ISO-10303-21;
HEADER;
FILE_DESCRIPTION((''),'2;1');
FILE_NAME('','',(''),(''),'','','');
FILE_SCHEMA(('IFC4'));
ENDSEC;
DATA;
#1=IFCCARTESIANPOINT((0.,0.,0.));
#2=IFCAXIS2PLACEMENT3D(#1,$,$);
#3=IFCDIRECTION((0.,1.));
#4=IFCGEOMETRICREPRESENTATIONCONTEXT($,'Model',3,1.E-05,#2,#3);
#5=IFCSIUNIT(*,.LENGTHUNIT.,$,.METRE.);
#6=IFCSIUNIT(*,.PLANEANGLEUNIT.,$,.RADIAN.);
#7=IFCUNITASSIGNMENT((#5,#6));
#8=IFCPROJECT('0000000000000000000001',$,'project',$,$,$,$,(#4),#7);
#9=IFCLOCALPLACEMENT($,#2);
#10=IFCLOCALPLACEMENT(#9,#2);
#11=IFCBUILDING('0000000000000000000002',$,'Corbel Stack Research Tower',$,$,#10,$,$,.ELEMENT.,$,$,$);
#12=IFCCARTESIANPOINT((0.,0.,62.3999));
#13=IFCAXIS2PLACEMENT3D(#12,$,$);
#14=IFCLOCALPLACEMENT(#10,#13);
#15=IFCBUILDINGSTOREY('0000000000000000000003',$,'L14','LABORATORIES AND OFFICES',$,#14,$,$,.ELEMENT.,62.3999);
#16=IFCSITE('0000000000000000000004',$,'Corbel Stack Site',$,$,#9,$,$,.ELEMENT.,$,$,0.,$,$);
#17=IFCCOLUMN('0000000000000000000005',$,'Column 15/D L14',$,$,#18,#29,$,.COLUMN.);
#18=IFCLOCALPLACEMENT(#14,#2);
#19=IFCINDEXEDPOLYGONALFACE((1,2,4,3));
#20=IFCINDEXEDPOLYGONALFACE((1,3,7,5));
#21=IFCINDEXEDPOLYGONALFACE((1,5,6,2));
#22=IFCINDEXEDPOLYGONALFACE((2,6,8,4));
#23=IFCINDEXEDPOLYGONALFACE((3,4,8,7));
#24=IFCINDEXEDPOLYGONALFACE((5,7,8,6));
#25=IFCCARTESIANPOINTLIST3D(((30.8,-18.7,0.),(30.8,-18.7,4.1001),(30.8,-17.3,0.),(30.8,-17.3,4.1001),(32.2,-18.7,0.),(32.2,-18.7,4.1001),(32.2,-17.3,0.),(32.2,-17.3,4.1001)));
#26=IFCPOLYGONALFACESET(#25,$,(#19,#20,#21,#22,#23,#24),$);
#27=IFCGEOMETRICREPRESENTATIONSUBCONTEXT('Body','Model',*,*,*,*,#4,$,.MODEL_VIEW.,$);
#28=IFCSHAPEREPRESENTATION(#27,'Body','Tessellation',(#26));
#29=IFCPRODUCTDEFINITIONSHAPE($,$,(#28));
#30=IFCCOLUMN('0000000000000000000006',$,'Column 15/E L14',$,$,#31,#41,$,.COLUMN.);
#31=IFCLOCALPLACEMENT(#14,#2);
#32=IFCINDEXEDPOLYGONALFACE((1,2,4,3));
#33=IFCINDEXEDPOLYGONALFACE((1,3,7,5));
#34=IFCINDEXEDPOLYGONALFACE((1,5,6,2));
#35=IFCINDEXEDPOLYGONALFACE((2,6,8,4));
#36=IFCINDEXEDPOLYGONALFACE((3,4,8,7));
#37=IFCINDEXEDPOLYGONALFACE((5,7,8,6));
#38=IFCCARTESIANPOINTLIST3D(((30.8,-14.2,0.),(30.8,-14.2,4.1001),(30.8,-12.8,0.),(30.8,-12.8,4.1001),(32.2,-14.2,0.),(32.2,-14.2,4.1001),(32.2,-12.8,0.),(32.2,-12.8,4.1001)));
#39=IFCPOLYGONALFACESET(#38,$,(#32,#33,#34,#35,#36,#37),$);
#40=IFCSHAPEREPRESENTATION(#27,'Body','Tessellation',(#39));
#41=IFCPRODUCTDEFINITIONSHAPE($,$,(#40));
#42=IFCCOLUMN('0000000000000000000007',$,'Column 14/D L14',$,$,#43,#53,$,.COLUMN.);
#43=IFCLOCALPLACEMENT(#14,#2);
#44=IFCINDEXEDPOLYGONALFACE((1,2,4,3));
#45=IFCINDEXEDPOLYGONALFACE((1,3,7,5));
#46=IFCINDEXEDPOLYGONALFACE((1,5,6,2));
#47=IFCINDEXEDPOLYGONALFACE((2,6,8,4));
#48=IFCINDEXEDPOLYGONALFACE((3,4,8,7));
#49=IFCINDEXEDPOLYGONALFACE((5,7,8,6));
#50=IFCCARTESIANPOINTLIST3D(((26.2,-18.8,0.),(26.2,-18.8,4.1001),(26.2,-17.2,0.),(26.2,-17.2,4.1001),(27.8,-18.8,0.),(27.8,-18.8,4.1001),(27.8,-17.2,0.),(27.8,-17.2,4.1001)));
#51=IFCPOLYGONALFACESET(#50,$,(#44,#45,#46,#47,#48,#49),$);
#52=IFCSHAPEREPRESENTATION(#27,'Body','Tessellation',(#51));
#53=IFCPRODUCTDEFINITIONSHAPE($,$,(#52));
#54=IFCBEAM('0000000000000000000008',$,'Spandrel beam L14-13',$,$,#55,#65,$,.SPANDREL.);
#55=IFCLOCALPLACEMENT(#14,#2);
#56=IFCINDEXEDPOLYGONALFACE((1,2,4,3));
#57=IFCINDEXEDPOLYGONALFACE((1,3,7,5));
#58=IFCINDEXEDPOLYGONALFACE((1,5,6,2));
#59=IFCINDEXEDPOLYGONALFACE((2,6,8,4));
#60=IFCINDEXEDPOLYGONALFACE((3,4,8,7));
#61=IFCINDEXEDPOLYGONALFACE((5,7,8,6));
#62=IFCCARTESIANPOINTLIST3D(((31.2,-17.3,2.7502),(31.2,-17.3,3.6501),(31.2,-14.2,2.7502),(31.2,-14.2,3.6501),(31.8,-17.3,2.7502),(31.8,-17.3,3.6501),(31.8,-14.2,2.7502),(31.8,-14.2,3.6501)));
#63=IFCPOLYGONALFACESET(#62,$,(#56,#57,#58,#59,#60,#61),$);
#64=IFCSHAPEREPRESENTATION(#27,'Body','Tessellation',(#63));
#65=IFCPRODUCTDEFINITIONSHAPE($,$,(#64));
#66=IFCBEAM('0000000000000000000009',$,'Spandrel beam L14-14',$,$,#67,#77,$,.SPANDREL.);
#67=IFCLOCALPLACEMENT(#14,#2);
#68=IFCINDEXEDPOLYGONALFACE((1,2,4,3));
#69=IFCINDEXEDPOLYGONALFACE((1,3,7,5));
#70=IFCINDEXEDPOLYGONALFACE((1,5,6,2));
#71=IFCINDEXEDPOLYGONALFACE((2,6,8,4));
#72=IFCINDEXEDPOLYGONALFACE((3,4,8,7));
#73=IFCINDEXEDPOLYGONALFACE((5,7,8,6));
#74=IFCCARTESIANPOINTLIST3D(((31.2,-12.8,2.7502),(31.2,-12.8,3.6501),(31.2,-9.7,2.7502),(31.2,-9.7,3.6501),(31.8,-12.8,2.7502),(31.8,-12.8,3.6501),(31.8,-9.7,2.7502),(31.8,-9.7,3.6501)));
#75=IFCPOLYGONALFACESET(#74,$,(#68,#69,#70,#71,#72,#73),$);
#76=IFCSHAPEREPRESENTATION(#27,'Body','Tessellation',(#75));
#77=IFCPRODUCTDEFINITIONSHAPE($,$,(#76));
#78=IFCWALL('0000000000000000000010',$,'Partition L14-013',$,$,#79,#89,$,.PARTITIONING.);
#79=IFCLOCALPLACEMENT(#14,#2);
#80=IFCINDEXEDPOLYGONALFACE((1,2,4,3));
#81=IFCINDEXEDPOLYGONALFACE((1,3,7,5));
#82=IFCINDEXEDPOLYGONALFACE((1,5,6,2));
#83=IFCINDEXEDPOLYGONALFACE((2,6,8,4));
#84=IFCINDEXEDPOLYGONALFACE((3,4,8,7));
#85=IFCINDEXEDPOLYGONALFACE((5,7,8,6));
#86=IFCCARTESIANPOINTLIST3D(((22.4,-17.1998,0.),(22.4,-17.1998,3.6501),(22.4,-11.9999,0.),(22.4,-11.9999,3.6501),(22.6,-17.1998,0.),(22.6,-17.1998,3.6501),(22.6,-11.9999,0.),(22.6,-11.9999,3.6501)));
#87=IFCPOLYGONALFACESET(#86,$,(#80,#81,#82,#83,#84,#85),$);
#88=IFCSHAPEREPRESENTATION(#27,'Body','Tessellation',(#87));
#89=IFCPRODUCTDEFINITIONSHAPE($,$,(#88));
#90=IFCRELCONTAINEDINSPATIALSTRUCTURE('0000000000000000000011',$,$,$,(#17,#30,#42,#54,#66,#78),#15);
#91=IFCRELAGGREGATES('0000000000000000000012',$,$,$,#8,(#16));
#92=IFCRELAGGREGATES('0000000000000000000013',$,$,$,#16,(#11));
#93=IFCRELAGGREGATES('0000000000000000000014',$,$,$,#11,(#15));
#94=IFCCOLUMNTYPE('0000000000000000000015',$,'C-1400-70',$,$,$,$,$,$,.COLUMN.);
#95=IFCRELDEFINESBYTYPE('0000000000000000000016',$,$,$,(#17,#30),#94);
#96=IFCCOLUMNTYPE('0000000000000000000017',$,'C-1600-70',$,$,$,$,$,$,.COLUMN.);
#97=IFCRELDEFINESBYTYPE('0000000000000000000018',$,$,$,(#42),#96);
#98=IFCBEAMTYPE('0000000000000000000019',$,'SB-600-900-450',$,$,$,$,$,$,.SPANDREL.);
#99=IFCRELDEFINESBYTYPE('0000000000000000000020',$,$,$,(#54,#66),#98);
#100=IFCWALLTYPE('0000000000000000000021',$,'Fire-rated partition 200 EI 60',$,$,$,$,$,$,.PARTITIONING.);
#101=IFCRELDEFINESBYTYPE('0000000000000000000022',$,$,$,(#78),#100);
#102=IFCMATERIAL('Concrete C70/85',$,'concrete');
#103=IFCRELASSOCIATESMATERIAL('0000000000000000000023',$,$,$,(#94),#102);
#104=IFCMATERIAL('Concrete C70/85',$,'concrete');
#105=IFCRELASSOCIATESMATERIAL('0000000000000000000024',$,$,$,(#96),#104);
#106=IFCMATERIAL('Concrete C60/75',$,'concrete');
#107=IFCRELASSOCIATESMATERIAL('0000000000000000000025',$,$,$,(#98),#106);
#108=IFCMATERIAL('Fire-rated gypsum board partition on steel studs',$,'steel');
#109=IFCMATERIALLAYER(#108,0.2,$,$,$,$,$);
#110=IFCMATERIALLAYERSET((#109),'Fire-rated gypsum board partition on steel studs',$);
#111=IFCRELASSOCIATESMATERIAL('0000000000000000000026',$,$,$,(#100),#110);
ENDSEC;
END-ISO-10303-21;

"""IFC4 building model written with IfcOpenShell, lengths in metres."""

from ifc_helpers import new_model, si_unit, direction, frame, frame_2d, origin, origin_2d, place, context, subcontext, project, spatial, rectangle, extrude, material, layer, layer_set, material_profile, profile_set, type_object, element, save


model = new_model("IFC4")

# Units and contexts
model_context = context("Model", 3, precision=1e-05, world=origin(), true_north=direction((0.0, 1.0)))
body_context = subcontext(model_context, "Body", "Model", "MODEL_VIEW")
ifc_project = project(units=[si_unit("LENGTHUNIT", "METRE"), si_unit("PLANEANGLEUNIT", "RADIAN")], contexts=[model_context])

# Site, building, storey
site_placement = place(None, origin())
site = spatial("IfcSite", under=ifc_project, at=site_placement, Name="Corbel Stack Site", CompositionType="ELEMENT", RefElevation=0.0)
building_placement = place(site_placement, origin())
building = spatial("IfcBuilding", under=site, at=building_placement, Name="Corbel Stack Research Tower", CompositionType="ELEMENT")
storey_placement = place(building_placement, frame((0.0, 0.0, 62.3999)))
storey = spatial("IfcBuildingStorey", under=building, at=storey_placement, Name="L14", Description="LABORATORIES AND OFFICES", CompositionType="ELEMENT", Elevation=62.3999)

# Columns
ifc_material_1 = material(Name="Concrete C70/85", Category="concrete")
ifc_material_profile_1 = material_profile(ifc_material_1, rectangle(XDim=1.3999, YDim=1.3999, at=origin_2d()), Name="RC 1400 x 1400")
ifc_profile_set_1 = profile_set([ifc_material_profile_1], Name="Concrete C70/85")
column_type_1 = type_object("IfcColumnType", Name="C-1400-70", PredefinedType="COLUMN", material=ifc_profile_set_1)
for number, where, z_axis, x_axis, name in (
    (1, (31.5, -18.0, 0.0), (0.0, 0.0, 1.0), (1.0, 0.0, 0.0), "Column 15/D L14"),
    (2, (31.5, -13.5, 0.0), (0.0, 0.0, 1.0), (1.0, 0.0, 0.0), "Column 15/E L14"),
):
    element("IfcColumn", number, at=place(storey_placement, frame(where, z_axis=z_axis, x_axis=x_axis)), inside=storey, type_object=column_type_1, Name=name, PredefinedType="COLUMN", context=body_context, shape_type="SweptSolid", body=[
        extrude(rectangle(XDim=1.3999, YDim=1.3999, at=origin_2d()), origin(), (0.0, 0.0, 1.0), 4.1001),
    ])
ifc_material_2 = material(Name="Concrete C70/85", Category="concrete")
ifc_material_profile_2 = material_profile(ifc_material_2, rectangle(XDim=1.6001, YDim=1.6001, at=origin_2d()), Name="RC 1600 x 1600")
ifc_profile_set_2 = profile_set([ifc_material_profile_2], Name="Concrete C70/85")
column_type_2 = type_object("IfcColumnType", Name="C-1600-70", PredefinedType="COLUMN", material=ifc_profile_set_2)
column_placement = place(storey_placement, frame((27.0, -18.0, 0.0), z_axis=(0.0, 0.0, 1.0), x_axis=(1.0, 0.0, 0.0)))
element("IfcColumn", 3, at=column_placement, inside=storey, type_object=column_type_2, Name="Column 14/D L14", PredefinedType="COLUMN", context=body_context, shape_type="SweptSolid", body=[
    extrude(rectangle(XDim=1.6001, YDim=1.6001, at=origin_2d()), origin(), (0.0, 0.0, 1.0), 4.1001),
])

# Beams
ifc_material_3 = material(Name="Concrete C60/75", Category="concrete")
ifc_material_profile_3 = material_profile(ifc_material_3, rectangle(XDim=0.6001, YDim=0.8999, at=origin_2d()), Name="RC 600 x 900")
ifc_profile_set_3 = profile_set([ifc_material_profile_3], Name="Concrete C60/75")
beam_type = type_object("IfcBeamType", Name="SB-600-900-450", PredefinedType="SPANDREL", material=ifc_profile_set_3)
for number, where, z_axis, x_axis, name in (
    (4, (31.5, -17.3, 3.2002), (0.0, 1.0, 0.0), (-1.0, 0.0, 0.0), "Spandrel beam L14-13"),
    (5, (31.5, -12.8, 3.2002), (0.0, 1.0, 0.0), (-1.0, 0.0, 0.0), "Spandrel beam L14-14"),
):
    element("IfcBeam", number, at=place(storey_placement, frame(where, z_axis=z_axis, x_axis=x_axis)), inside=storey, type_object=beam_type, Name=name, PredefinedType="SPANDREL", context=body_context, shape_type="SweptSolid", body=[
        extrude(rectangle(XDim=0.6001, YDim=0.8999, at=origin_2d()), origin(), (0.0, 0.0, 1.0), 3.1001),
    ])

# Wall
ifc_material_4 = material(Name="Fire-rated gypsum board partition on steel studs", Category="steel")
ifc_layer_1 = layer(ifc_material_4, 0.2)
ifc_layer_set_1 = layer_set([ifc_layer_1], Name="Fire-rated gypsum board partition on steel studs")
wall_type_1 = type_object("IfcWallType", Name="Fire-rated partition 200 EI 60", PredefinedType="PARTITIONING", material=ifc_layer_set_1)
wall_1_placement = place(storey_placement, frame((22.5, -17.2, 0.0), z_axis=(0.0, 0.0, 1.0), x_axis=(0.0, 1.0, 0.0)))
element("IfcWall", 6, at=wall_1_placement, inside=storey, type_object=wall_type_1, Name="Partition L14-013", PredefinedType="PARTITIONING", context=body_context, shape_type="SweptSolid", body=[
    extrude(rectangle(XDim=5.2, YDim=0.2, at=frame_2d((2.6001, 0.0))), origin(), (0.0, 0.0, 1.0), 3.6501),
])

save(model, "model.ifc")
